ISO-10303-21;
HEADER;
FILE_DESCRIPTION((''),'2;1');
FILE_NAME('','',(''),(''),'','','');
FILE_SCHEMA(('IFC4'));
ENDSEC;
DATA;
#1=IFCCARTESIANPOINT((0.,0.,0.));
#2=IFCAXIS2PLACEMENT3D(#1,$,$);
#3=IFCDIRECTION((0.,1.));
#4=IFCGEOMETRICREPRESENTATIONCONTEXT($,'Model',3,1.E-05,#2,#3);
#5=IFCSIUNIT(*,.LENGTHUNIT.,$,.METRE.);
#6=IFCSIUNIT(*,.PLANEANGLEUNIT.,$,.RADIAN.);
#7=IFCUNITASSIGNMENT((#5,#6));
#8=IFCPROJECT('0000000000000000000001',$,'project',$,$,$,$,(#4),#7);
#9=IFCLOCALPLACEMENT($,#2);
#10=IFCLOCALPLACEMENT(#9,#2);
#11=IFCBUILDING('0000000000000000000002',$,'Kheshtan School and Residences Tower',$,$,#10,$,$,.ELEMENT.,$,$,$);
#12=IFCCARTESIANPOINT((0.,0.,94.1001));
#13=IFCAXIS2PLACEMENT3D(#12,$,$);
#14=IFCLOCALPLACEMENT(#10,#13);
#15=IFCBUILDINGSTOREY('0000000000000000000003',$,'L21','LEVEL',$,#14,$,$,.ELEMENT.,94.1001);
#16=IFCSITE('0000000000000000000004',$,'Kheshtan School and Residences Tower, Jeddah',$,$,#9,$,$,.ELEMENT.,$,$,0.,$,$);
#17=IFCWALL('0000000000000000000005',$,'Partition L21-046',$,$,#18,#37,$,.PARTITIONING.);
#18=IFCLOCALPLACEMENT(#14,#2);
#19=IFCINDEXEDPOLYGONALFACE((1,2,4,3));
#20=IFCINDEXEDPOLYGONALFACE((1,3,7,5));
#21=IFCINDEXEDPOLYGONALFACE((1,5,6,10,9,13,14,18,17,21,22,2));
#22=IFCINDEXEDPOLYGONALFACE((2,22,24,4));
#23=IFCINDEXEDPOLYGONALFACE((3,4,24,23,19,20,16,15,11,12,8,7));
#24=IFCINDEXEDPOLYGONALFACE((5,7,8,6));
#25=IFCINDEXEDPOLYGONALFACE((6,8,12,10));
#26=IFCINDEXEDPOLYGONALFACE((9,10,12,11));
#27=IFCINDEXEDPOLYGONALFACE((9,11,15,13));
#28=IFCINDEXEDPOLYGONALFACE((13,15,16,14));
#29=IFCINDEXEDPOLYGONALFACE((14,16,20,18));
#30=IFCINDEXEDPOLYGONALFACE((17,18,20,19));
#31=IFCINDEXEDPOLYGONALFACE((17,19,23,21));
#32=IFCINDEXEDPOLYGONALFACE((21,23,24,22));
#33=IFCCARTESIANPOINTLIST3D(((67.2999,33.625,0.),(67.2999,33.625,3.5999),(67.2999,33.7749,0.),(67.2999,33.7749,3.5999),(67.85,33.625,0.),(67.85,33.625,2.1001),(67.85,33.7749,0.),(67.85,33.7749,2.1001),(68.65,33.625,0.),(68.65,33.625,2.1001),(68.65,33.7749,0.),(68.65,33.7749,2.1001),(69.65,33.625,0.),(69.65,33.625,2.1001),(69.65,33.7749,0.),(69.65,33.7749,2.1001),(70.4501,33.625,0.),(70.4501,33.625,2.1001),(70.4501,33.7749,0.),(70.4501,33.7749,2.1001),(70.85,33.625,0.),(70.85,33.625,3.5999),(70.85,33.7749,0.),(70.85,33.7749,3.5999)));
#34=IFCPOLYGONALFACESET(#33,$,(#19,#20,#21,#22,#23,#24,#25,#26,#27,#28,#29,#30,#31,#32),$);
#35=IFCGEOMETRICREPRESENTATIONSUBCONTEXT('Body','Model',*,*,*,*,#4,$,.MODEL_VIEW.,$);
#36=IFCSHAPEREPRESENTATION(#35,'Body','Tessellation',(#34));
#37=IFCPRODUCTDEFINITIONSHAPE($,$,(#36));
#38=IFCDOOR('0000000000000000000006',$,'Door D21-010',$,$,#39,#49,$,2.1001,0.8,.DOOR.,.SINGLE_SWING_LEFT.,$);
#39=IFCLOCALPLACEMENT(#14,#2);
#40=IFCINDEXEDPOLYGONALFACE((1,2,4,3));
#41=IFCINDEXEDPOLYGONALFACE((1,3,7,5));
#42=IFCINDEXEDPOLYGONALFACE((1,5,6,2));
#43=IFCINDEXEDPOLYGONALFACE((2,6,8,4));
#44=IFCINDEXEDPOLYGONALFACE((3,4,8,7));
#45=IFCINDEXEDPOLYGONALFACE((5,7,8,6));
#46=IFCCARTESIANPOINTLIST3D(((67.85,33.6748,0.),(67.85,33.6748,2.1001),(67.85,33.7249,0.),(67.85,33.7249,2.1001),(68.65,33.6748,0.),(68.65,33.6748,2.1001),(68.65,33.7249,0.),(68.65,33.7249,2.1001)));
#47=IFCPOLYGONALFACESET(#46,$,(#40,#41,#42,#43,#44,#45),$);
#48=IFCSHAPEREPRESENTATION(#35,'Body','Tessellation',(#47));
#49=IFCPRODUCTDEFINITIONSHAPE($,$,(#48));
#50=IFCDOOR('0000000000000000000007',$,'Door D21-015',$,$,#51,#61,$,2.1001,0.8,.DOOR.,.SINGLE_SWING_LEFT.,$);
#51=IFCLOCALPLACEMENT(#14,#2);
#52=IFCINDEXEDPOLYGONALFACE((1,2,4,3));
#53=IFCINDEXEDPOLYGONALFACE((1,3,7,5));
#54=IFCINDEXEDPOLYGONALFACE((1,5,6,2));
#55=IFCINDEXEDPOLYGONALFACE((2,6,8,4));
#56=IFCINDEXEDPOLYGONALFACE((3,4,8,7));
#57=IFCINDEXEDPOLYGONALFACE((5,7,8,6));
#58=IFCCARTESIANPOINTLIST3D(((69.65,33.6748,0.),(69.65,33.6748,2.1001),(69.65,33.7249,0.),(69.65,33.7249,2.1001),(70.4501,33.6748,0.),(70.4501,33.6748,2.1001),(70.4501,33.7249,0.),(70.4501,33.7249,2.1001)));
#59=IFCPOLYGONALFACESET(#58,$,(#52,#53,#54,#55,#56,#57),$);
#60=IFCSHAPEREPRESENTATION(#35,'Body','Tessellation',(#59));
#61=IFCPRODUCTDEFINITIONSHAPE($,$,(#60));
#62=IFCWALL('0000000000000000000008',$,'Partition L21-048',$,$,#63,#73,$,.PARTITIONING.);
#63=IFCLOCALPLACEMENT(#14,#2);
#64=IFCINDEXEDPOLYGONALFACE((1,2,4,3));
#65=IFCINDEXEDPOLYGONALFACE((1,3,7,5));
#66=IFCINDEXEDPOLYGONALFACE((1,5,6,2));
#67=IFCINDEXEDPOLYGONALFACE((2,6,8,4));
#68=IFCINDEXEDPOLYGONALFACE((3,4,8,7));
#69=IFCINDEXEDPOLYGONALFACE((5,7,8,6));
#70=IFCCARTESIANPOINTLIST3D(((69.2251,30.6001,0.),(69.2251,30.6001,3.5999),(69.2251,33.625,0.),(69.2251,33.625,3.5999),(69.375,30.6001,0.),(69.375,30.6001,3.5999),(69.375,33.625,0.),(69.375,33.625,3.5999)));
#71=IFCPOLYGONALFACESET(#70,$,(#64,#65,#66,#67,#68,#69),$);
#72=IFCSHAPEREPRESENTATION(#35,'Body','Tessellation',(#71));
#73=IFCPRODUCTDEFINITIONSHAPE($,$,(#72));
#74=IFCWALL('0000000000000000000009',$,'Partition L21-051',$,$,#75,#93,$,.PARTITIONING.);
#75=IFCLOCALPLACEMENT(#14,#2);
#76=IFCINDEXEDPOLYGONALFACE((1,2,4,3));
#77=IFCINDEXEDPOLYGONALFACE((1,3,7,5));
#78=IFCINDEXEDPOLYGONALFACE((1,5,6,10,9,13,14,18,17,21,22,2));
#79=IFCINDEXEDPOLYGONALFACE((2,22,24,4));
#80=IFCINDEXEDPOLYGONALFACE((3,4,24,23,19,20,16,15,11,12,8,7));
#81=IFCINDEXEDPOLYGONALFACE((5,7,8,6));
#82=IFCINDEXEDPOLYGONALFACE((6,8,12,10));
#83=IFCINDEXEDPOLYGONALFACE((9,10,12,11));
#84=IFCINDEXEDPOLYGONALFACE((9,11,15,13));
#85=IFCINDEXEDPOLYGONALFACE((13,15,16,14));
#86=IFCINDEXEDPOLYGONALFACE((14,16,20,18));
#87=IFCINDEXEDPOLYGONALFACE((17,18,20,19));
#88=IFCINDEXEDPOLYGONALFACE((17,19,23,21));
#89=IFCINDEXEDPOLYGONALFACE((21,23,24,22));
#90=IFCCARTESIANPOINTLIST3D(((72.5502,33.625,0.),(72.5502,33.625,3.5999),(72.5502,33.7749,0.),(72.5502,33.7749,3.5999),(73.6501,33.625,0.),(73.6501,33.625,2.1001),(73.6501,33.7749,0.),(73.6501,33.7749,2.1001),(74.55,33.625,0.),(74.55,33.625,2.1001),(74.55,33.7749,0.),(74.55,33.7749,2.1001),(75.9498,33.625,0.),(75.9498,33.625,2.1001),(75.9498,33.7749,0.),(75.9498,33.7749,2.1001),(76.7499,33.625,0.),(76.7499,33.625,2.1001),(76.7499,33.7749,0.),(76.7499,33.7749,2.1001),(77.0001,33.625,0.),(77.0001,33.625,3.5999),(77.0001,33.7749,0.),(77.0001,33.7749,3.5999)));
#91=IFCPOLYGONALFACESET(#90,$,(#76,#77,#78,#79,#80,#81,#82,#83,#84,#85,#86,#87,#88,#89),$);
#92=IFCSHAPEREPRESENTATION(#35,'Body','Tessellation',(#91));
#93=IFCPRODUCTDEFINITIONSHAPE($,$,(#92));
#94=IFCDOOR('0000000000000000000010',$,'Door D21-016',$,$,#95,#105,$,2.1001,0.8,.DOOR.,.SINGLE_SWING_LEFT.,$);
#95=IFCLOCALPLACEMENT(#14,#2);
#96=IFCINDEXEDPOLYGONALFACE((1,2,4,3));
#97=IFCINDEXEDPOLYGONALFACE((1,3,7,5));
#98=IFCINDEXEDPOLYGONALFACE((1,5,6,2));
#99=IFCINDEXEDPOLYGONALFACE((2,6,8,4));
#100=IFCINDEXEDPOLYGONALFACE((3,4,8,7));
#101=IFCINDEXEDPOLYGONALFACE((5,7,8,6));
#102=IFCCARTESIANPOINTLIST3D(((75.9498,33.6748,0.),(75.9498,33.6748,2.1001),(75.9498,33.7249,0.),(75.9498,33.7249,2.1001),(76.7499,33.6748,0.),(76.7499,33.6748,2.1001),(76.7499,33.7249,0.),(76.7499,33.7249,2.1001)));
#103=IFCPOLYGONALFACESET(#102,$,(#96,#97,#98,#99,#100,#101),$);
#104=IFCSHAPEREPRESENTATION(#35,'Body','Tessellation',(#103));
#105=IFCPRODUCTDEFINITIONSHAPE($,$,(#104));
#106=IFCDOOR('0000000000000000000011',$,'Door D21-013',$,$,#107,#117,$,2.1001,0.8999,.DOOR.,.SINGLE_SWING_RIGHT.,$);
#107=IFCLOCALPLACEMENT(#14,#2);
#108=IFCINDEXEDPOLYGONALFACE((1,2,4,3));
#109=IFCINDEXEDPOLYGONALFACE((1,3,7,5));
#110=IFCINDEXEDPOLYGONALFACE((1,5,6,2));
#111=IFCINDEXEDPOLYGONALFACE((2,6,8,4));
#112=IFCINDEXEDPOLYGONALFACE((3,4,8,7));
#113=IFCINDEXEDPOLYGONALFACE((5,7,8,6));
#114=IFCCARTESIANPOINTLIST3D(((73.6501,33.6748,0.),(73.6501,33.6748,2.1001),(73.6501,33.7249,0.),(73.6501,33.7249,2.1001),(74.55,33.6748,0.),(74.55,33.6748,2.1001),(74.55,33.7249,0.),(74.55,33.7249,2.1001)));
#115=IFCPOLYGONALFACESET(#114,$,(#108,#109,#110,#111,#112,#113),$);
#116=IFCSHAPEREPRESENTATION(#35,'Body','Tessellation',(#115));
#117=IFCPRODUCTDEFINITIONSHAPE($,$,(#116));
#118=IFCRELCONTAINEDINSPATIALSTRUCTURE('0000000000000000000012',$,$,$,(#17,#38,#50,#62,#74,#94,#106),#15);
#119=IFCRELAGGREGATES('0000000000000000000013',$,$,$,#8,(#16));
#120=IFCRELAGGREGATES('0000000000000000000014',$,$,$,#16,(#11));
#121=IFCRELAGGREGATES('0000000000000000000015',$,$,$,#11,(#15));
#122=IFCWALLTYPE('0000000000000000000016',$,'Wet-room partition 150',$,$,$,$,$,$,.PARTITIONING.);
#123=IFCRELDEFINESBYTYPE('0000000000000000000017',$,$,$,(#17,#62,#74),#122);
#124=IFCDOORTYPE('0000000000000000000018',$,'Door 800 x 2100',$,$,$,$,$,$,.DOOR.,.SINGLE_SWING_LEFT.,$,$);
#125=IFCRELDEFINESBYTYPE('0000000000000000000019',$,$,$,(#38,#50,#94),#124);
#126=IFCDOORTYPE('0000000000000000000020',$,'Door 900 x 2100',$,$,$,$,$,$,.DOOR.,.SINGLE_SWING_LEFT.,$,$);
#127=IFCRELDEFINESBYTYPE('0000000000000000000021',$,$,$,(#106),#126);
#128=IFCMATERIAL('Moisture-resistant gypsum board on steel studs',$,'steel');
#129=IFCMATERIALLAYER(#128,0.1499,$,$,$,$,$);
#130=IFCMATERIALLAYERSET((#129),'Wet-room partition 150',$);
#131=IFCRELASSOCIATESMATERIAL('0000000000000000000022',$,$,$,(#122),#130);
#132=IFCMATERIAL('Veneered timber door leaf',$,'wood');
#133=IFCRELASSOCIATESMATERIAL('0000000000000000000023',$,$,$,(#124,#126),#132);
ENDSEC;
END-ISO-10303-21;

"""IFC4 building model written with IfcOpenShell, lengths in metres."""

from ifc_helpers import new_model, si_unit, direction, frame, frame_2d, origin, place, context, subcontext, project, spatial, rectangle, extrude, source, transform, mapped, material, layer, layer_set, type_object, element, fill, save


model = new_model("IFC4")

# Units and contexts
model_context = context("Model", 3, precision=1e-05, world=origin(), true_north=direction((0.0, 1.0)))
body_context = subcontext(model_context, "Body", "Model", "MODEL_VIEW")
ifc_project = project(units=[si_unit("LENGTHUNIT", "METRE"), si_unit("PLANEANGLEUNIT", "RADIAN")], contexts=[model_context])

# Site, building, storey
site_placement = place(None, origin())
site = spatial("IfcSite", under=ifc_project, at=site_placement, Name="Kheshtan School and Residences Tower, Jeddah", CompositionType="ELEMENT", RefElevation=0.0)
building_placement = place(site_placement, origin())
building = spatial("IfcBuilding", under=site, at=building_placement, Name="Kheshtan School and Residences Tower", CompositionType="ELEMENT")
storey_placement = place(building_placement, frame((0.0, 0.0, 94.1001)))
storey = spatial("IfcBuildingStorey", under=building, at=storey_placement, Name="L21", Description="LEVEL", CompositionType="ELEMENT", Elevation=94.1001)

# Shared definitions
ifc_material_1 = material(Name="Moisture-resistant gypsum board on steel studs", Category="steel")
ifc_layer_1 = layer(ifc_material_1, 0.1499)
ifc_layer_set_1 = layer_set([ifc_layer_1], Name="Wet-room partition 150")
wall_type_1 = type_object("IfcWallType", Name="Wet-room partition 150", PredefinedType="PARTITIONING", material=ifc_layer_set_1)

# Wall, openings, doors
wall_1_placement = place(storey_placement, frame((67.3, 33.7, 0.0), z_axis=(0.0, 0.0, 1.0), x_axis=(1.0, 0.0, 0.0)))
wall_1 = element("IfcWall", 1, at=wall_1_placement, inside=storey, type_object=wall_type_1, Name="Partition L21-046", PredefinedType="PARTITIONING", context=body_context, shape_type="SweptSolid", body=[
    extrude(rectangle(XDim=3.55, YDim=0.1499, at=frame_2d((1.7749, 0.0))), origin(), (0.0, 0.0, 1.0), 3.5999),
])
opening_1_placement = place(wall_1_placement, frame((0.55, 0.0, 0.0)))
opening_1 = element("IfcOpeningElement", 2, at=opening_1_placement, cuts=wall_1, PredefinedType="OPENING", context=body_context, shape_type="SweptSolid", body=[
    extrude(rectangle(XDim=0.8, YDim=2.1001, at=frame_2d((0.3999, 1.05))), frame((0.0, 0.085, 0.0), z_axis=(0.0, -1.0, 0.0), x_axis=(1.0, 0.0, 0.0)), (0.0, 0.0, 1.0), 0.1699),
])
opening_2_placement = place(wall_1_placement, frame((2.3501, 0.0, 0.0)))
opening_2 = element("IfcOpeningElement", 3, at=opening_2_placement, cuts=wall_1, PredefinedType="OPENING", context=body_context, shape_type="SweptSolid", body=[
    extrude(rectangle(XDim=0.8, YDim=2.1001, at=frame_2d((0.3999, 1.05))), frame((0.0, 0.085, 0.0), z_axis=(0.0, -1.0, 0.0), x_axis=(1.0, 0.0, 0.0)), (0.0, 0.0, 1.0), 0.1699),
])
ifc_material_2 = material(Name="Veneered timber door leaf", Category="wood")
door_type_1 = type_object("IfcDoorType", Name="Door 800 x 2100", OperationType="SINGLE_SWING_LEFT", PredefinedType="DOOR", material=ifc_material_2)
shared_shape_1 = source(origin(), body_context, "Body", "SweptSolid", [
    extrude(rectangle(XDim=0.8, YDim=2.1001, at=frame_2d((0.3999, 1.05))), frame((0.0, 0.0249, 0.0), z_axis=(0.0, -1.0, 0.0), x_axis=(1.0, 0.0, 0.0)), (0.0, 0.0, 1.0), 0.05),
])
door_1_placement = place(opening_1_placement, origin())
door_1 = element("IfcDoor", 4, at=door_1_placement, inside=storey, type_object=door_type_1, Name="Door D21-010", OperationType="SINGLE_SWING_LEFT", OverallHeight=2.1001, OverallWidth=0.8, PredefinedType="DOOR", context=body_context, shape_type="MappedRepresentation", body=[
    mapped(shared_shape_1, transform((0.0, 0.0, 0.0), x_axis=(1.0, 0.0, 0.0), y_axis=(0.0, 1.0, 0.0), z_axis=(0.0, 0.0, 1.0), scale=1.0)),
])
fill(opening_1, door_1)
door_2_placement = place(opening_2_placement, origin())
door_2 = element("IfcDoor", 5, at=door_2_placement, inside=storey, type_object=door_type_1, Name="Door D21-015", OperationType="SINGLE_SWING_LEFT", OverallHeight=2.1001, OverallWidth=0.8, PredefinedType="DOOR", context=body_context, shape_type="MappedRepresentation", body=[
    mapped(shared_shape_1, transform((0.0, 0.0, 0.0), x_axis=(1.0, 0.0, 0.0), y_axis=(0.0, 1.0, 0.0), z_axis=(0.0, 0.0, 1.0), scale=1.0)),
])
fill(opening_2, door_2)

# Wall
wall_2_placement = place(storey_placement, frame((69.3, 30.6001, 0.0), z_axis=(0.0, 0.0, 1.0), x_axis=(0.0, 1.0, 0.0)))
element("IfcWall", 6, at=wall_2_placement, inside=storey, type_object=wall_type_1, Name="Partition L21-048", PredefinedType="PARTITIONING", context=body_context, shape_type="SweptSolid", body=[
    extrude(rectangle(XDim=3.0249, YDim=0.1499, at=frame_2d((1.5125, 0.0))), origin(), (0.0, 0.0, 1.0), 3.5999),
])

# Wall, openings, doors
wall_3_placement = place(storey_placement, frame((72.55, 33.7, 0.0), z_axis=(0.0, 0.0, 1.0), x_axis=(1.0, 0.0, 0.0)))
wall_3 = element("IfcWall", 7, at=wall_3_placement, inside=storey, type_object=wall_type_1, Name="Partition L21-051", PredefinedType="PARTITIONING", context=body_context, shape_type="SweptSolid", body=[
    extrude(rectangle(XDim=4.45, YDim=0.1499, at=frame_2d((2.2251, 0.0))), origin(), (0.0, 0.0, 1.0), 3.5999),
])
opening_3_placement = place(wall_3_placement, frame((1.1001, 0.0, 0.0)))
opening_3 = element("IfcOpeningElement", 8, at=opening_3_placement, cuts=wall_3, PredefinedType="OPENING", context=body_context, shape_type="SweptSolid", body=[
    extrude(rectangle(XDim=0.8999, YDim=2.1001, at=frame_2d((0.45, 1.05))), frame((0.0, 0.085, 0.0), z_axis=(0.0, -1.0, 0.0), x_axis=(1.0, 0.0, 0.0)), (0.0, 0.0, 1.0), 0.1699),
])
opening_4_placement = place(wall_3_placement, frame((3.3999, 0.0, 0.0)))
opening_4 = element("IfcOpeningElement", 9, at=opening_4_placement, cuts=wall_3, PredefinedType="OPENING", context=body_context, shape_type="SweptSolid", body=[
    extrude(rectangle(XDim=0.8, YDim=2.1001, at=frame_2d((0.3999, 1.05))), frame((0.0, 0.085, 0.0), z_axis=(0.0, -1.0, 0.0), x_axis=(1.0, 0.0, 0.0)), (0.0, 0.0, 1.0), 0.1699),
])
door_3_placement = place(opening_4_placement, origin())
door_3 = element("IfcDoor", 10, at=door_3_placement, inside=storey, type_object=door_type_1, Name="Door D21-016", OperationType="SINGLE_SWING_LEFT", OverallHeight=2.1001, OverallWidth=0.8, PredefinedType="DOOR", context=body_context, shape_type="MappedRepresentation", body=[
    mapped(shared_shape_1, transform((0.0, 0.0, 0.0), x_axis=(1.0, 0.0, 0.0), y_axis=(0.0, 1.0, 0.0), z_axis=(0.0, 0.0, 1.0), scale=1.0)),
])
fill(opening_4, door_3)
door_type_2 = type_object("IfcDoorType", Name="Door 900 x 2100", OperationType="SINGLE_SWING_LEFT", PredefinedType="DOOR", material=ifc_material_2)
shared_shape_2 = source(origin(), body_context, "Body", "SweptSolid", [
    extrude(rectangle(XDim=0.8999, YDim=2.1001, at=frame_2d((0.45, 1.05))), frame((0.0, 0.0249, 0.0), z_axis=(0.0, -1.0, 0.0), x_axis=(1.0, 0.0, 0.0)), (0.0, 0.0, 1.0), 0.05),
])
door_4_placement = place(opening_3_placement, origin())
door_4 = element("IfcDoor", 11, at=door_4_placement, inside=storey, type_object=door_type_2, Name="Door D21-013", OperationType="SINGLE_SWING_RIGHT", OverallHeight=2.1001, OverallWidth=0.8999, PredefinedType="DOOR", context=body_context, shape_type="MappedRepresentation", body=[
    mapped(shared_shape_2, transform((0.0, 0.0, 0.0), x_axis=(1.0, 0.0, 0.0), y_axis=(0.0, 1.0, 0.0), z_axis=(0.0, 0.0, 1.0), scale=1.0)),
])
fill(opening_3, door_4)

save(model, "model.ifc")
